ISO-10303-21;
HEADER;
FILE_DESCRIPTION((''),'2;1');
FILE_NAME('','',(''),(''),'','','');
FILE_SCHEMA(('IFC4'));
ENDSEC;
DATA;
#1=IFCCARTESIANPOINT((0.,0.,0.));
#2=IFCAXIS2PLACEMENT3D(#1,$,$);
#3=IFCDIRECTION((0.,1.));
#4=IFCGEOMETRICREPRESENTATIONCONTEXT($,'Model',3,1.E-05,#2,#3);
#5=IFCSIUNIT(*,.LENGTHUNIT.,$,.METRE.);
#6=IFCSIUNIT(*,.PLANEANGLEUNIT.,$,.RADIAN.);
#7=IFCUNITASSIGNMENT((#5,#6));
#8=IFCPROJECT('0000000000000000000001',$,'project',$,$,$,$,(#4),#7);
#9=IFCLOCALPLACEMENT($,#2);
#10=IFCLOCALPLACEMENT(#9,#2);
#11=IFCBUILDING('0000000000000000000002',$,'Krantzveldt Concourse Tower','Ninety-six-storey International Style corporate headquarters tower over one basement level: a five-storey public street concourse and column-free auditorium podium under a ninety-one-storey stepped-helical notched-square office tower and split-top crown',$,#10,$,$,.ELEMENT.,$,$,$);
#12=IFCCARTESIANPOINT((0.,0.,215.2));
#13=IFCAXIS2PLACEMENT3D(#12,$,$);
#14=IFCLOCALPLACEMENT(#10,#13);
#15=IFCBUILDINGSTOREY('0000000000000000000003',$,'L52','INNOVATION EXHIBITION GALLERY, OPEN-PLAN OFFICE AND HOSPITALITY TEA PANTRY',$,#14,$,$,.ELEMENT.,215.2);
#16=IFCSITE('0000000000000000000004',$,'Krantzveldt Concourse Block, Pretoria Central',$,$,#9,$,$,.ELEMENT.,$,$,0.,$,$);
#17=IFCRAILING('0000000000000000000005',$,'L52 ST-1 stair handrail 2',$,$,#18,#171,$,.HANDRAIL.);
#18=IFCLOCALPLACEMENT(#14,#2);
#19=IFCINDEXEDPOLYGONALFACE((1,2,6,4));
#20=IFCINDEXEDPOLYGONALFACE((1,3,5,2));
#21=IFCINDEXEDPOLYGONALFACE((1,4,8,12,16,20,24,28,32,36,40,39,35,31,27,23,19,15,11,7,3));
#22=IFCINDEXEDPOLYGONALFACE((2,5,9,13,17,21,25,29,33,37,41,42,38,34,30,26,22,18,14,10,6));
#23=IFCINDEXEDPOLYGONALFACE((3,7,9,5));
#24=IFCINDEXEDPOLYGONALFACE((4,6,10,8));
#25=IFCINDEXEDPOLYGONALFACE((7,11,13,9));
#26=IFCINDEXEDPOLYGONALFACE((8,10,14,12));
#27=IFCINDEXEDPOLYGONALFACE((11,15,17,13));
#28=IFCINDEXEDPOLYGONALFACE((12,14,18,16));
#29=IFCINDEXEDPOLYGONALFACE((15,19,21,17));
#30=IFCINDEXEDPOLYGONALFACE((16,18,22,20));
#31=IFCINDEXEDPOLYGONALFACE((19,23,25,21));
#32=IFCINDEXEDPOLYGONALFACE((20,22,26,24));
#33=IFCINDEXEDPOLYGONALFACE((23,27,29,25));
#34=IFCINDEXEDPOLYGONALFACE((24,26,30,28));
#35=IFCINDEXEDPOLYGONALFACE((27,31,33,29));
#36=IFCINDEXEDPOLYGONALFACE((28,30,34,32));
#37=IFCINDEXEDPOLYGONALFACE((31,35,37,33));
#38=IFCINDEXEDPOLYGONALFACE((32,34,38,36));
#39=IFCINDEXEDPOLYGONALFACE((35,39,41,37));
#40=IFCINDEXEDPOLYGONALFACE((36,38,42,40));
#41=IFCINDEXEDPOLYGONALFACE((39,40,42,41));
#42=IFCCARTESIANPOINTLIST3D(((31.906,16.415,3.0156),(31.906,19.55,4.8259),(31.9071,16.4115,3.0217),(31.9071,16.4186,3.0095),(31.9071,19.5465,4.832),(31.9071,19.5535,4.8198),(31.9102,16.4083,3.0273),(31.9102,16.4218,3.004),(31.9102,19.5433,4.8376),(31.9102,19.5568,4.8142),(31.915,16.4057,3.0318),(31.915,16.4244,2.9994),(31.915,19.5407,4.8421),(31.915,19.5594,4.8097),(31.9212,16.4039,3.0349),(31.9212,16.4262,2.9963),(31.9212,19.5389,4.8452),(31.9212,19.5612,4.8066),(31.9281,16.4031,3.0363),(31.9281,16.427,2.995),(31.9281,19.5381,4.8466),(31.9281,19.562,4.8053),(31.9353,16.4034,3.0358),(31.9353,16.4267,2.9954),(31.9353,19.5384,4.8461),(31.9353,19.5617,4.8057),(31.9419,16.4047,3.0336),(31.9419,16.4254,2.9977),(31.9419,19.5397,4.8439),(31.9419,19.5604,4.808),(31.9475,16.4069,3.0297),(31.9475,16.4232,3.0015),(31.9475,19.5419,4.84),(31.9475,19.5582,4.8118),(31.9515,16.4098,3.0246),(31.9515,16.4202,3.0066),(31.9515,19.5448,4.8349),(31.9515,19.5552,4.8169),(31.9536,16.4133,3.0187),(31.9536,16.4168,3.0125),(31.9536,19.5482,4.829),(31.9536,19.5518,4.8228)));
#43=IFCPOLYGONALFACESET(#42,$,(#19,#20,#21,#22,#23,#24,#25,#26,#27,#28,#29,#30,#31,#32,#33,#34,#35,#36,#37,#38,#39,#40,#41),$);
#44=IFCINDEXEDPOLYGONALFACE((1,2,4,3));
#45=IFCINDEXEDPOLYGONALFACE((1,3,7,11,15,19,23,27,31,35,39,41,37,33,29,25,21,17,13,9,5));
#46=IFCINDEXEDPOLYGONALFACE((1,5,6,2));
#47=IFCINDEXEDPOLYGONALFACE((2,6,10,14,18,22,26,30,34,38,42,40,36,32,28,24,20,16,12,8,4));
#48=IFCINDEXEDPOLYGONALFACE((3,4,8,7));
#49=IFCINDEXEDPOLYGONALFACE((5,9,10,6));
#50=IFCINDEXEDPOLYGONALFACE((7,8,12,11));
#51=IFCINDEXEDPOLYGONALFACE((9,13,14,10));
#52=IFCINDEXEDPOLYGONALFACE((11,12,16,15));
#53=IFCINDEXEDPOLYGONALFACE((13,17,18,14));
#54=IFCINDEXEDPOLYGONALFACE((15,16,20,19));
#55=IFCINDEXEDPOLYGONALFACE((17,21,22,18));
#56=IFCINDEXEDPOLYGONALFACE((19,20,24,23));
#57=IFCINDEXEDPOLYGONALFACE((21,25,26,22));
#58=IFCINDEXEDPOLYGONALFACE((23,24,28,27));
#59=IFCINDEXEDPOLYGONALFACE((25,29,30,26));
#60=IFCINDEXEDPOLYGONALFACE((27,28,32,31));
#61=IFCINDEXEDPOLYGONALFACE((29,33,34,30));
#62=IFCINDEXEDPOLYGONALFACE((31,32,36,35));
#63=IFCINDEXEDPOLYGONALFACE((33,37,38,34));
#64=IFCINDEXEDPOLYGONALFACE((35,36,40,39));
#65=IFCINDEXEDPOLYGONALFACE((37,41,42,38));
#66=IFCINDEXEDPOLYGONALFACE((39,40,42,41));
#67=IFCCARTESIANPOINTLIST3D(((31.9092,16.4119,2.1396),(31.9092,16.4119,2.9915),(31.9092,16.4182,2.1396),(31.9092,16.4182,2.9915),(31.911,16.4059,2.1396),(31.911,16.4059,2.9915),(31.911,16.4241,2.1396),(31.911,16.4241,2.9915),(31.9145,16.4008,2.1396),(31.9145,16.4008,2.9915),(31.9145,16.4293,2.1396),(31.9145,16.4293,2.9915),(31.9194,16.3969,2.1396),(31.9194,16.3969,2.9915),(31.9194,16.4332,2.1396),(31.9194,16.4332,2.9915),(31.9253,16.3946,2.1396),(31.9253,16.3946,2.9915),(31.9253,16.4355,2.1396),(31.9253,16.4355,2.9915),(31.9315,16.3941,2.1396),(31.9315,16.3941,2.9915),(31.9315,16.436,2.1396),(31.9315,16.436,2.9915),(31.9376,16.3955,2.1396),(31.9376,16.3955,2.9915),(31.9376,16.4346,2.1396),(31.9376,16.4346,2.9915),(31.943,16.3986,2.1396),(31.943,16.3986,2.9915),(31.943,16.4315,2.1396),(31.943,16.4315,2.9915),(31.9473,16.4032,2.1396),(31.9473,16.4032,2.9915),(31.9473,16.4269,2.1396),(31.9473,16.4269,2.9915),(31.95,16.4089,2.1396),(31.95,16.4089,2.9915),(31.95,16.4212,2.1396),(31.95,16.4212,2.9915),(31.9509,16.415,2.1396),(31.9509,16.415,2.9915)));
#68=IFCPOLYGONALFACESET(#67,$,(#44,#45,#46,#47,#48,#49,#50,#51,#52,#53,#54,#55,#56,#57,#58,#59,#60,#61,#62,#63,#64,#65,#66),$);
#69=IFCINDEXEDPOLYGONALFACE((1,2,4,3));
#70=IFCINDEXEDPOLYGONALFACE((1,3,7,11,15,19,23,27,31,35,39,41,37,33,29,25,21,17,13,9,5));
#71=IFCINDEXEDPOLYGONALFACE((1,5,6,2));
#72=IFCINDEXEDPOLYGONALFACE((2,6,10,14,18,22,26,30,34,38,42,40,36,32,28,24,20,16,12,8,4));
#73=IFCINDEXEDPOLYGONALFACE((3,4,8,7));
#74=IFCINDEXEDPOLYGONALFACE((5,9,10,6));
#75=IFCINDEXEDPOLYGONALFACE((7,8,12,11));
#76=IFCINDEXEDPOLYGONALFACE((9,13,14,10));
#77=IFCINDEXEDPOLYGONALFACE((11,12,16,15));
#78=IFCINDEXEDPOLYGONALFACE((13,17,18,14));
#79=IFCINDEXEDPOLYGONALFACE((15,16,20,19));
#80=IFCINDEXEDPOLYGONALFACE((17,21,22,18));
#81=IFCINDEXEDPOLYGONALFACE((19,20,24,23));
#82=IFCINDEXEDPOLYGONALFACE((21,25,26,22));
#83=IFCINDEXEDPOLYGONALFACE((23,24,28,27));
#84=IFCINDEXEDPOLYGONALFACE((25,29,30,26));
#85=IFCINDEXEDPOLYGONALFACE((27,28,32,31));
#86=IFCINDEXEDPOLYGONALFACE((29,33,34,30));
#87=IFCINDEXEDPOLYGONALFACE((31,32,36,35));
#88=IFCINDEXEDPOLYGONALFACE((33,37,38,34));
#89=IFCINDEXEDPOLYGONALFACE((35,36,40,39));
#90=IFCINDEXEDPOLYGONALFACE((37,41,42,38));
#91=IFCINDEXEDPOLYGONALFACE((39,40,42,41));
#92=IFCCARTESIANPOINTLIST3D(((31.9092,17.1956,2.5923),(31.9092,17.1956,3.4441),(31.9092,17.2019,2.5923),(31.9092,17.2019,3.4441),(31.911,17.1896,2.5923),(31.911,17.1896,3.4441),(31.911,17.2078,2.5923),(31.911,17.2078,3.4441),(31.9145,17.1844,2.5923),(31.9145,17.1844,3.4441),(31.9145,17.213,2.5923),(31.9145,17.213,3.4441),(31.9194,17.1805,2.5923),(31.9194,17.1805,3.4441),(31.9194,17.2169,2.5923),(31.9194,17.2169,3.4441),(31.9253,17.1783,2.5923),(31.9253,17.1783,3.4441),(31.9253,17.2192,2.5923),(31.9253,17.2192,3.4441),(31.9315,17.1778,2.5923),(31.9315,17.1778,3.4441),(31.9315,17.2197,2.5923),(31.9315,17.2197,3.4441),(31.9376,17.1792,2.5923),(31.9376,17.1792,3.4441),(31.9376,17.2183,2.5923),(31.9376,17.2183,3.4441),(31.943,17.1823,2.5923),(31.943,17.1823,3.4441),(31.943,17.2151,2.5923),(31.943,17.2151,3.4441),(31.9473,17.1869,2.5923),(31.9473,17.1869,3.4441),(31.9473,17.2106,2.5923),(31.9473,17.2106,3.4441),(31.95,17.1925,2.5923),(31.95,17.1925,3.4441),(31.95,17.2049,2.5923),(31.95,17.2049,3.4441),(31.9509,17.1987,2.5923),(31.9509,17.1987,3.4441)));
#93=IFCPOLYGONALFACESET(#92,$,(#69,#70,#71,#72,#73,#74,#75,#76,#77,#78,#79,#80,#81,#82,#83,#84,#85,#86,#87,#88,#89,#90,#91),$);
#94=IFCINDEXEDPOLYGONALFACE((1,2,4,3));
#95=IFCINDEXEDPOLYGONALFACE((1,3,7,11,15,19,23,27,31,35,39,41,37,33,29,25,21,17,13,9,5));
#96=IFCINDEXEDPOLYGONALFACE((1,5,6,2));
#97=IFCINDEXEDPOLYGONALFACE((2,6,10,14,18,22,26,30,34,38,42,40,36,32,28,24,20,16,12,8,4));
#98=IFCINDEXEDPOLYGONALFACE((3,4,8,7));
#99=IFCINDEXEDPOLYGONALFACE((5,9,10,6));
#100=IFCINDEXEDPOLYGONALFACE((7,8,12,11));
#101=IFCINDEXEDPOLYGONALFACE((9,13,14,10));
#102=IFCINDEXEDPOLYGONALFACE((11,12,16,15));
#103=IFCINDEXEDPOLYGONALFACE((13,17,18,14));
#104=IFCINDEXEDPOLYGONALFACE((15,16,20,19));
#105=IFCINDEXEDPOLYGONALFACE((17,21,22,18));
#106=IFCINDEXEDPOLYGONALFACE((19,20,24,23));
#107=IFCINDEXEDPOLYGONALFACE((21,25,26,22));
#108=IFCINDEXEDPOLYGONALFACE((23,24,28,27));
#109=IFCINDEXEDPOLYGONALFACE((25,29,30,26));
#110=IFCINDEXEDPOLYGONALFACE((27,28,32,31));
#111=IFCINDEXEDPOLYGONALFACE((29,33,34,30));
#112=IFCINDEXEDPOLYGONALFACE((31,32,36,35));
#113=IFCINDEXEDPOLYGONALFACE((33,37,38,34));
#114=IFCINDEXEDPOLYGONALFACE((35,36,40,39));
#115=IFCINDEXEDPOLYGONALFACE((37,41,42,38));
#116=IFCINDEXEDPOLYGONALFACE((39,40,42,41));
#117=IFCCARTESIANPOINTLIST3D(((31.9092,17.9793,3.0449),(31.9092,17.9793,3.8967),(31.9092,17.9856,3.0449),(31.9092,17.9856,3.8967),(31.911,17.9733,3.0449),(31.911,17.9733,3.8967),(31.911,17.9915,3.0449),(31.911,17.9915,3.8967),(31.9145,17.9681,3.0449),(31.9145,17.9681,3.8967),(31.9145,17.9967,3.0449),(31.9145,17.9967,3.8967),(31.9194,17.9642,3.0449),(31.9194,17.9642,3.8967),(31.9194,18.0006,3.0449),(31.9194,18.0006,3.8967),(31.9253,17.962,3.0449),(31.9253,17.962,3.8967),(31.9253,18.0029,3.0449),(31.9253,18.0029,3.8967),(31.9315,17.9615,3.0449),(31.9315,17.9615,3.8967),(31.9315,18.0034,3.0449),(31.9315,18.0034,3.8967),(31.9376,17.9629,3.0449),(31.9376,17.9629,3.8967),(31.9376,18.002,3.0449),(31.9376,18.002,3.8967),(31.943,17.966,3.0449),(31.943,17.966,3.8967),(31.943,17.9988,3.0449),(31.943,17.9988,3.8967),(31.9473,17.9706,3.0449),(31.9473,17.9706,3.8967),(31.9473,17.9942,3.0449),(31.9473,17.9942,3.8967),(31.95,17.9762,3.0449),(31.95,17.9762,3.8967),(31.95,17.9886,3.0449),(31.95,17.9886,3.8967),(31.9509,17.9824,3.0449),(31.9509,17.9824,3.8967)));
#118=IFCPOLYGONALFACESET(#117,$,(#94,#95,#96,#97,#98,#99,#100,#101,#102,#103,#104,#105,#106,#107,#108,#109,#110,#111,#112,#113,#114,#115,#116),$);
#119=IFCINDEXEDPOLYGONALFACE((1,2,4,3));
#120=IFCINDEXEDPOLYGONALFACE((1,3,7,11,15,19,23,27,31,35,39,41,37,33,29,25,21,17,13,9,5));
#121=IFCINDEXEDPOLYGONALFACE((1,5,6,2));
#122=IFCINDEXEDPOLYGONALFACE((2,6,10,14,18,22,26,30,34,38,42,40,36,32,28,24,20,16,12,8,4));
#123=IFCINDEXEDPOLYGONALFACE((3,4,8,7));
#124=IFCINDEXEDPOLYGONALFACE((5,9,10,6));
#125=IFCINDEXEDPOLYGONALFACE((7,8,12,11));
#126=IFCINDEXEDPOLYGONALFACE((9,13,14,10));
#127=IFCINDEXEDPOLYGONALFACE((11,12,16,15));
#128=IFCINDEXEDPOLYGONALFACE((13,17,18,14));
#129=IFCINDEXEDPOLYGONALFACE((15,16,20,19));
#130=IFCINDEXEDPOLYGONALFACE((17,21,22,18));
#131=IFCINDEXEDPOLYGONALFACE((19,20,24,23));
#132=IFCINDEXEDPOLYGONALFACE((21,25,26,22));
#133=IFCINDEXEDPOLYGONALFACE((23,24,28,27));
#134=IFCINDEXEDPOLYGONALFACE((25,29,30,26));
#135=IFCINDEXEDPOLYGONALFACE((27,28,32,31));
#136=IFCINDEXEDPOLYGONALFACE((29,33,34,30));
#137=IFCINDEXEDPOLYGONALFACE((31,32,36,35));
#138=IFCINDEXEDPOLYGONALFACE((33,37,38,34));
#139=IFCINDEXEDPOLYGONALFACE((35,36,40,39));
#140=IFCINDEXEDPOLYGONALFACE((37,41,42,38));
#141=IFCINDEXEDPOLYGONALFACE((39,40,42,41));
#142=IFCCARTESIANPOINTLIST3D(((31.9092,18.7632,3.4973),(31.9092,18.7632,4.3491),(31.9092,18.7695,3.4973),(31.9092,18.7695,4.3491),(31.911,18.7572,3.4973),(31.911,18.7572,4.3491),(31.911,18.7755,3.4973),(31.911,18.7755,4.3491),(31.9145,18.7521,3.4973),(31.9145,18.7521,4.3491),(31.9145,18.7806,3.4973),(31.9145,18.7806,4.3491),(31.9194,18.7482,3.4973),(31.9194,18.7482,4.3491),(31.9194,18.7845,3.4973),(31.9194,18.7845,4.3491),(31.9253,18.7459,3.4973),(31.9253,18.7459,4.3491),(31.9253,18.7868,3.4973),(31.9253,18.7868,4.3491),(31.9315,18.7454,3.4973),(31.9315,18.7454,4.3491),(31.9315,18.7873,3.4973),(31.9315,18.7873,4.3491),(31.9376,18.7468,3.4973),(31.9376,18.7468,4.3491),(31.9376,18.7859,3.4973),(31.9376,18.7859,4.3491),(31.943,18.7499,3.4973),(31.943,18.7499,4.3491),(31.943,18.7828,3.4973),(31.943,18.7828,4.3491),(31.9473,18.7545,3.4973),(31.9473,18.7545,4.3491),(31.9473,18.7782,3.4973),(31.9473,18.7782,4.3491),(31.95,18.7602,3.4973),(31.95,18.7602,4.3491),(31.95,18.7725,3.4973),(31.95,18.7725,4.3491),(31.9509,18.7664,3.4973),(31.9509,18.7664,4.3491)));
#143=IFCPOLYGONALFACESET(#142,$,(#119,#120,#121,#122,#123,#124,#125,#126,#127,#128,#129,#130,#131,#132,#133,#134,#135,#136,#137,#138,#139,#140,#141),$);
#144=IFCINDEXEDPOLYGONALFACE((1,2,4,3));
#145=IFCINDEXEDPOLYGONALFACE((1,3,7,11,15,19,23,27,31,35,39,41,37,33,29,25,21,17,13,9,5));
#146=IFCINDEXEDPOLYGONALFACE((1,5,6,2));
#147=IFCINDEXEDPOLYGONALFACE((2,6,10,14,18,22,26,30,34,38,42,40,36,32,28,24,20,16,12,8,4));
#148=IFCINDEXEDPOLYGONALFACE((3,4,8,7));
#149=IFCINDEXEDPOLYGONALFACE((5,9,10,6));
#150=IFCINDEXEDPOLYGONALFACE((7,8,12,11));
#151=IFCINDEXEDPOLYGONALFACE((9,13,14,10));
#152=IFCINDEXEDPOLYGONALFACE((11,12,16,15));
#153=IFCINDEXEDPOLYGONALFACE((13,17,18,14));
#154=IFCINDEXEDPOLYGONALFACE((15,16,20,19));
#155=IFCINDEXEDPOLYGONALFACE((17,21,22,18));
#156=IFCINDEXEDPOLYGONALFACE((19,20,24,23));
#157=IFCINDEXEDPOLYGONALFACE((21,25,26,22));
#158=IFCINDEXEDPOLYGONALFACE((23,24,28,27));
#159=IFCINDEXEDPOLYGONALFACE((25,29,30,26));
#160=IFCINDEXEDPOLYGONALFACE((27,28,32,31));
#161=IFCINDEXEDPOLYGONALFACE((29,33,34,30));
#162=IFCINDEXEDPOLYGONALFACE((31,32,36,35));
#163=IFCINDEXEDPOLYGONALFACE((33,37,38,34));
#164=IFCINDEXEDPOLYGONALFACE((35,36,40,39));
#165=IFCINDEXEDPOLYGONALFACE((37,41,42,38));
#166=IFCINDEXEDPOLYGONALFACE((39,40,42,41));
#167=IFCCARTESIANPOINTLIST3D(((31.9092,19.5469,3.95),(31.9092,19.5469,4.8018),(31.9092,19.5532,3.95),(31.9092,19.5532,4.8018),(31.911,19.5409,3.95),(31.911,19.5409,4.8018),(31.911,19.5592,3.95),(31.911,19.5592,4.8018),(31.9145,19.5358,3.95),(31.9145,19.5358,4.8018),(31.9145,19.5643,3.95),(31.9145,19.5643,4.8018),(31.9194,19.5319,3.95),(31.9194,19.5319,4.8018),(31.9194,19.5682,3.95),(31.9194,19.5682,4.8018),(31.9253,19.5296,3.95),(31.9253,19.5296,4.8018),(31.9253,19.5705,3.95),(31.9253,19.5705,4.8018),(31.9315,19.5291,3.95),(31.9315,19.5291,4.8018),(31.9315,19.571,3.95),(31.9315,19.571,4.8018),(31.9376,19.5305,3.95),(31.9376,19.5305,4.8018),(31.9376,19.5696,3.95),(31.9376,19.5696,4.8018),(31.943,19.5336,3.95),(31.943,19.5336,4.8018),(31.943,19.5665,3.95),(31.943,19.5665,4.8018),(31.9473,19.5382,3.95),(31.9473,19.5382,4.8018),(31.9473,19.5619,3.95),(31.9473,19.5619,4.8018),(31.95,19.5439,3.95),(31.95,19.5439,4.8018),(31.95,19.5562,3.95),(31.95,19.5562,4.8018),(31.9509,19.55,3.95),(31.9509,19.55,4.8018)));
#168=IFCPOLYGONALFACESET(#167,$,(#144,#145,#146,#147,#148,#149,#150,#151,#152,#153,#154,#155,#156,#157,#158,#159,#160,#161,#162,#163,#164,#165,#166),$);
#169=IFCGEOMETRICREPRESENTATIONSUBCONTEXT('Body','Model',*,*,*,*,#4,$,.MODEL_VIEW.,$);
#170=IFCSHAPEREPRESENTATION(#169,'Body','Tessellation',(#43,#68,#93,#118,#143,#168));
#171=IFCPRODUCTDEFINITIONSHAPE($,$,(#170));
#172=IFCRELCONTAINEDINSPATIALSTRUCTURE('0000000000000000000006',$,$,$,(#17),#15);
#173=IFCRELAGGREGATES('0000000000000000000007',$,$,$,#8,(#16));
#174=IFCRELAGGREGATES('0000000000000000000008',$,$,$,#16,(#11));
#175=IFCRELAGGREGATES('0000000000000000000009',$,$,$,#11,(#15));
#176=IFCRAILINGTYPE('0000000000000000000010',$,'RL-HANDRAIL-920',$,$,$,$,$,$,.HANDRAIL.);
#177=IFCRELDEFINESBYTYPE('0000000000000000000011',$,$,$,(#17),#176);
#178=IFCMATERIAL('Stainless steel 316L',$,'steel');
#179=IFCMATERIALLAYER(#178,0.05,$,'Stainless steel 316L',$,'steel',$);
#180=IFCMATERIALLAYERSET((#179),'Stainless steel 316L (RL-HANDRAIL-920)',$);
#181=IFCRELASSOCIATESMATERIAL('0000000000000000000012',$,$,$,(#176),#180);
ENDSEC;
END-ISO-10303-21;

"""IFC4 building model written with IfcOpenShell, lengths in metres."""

from ifc_helpers import new_model, si_unit, direction, frame, origin, origin_2d, place, context, subcontext, project, spatial, circle, extrude, material, layer, layer_set, type_object, element, save


model = new_model("IFC4")

# Units and contexts
model_context = context("Model", 3, precision=1e-05, world=origin(), true_north=direction((0.0, 1.0)))
body_context = subcontext(model_context, "Body", "Model", "MODEL_VIEW")
ifc_project = project(units=[si_unit("LENGTHUNIT", "METRE"), si_unit("PLANEANGLEUNIT", "RADIAN")], contexts=[model_context])

# Site, building, storey
site_placement = place(None, origin())
site = spatial("IfcSite", under=ifc_project, at=site_placement, Name="Krantzveldt Concourse Block, Pretoria Central", CompositionType="ELEMENT", RefElevation=0.0)
building_placement = place(site_placement, origin())
building = spatial("IfcBuilding", under=site, at=building_placement, Name="Krantzveldt Concourse Tower", Description="Ninety-six-storey International Style corporate headquarters tower over one basement level: a five-storey public street concourse and column-free auditorium podium under a ninety-one-storey stepped-helical notched-square office tower and split-top crown", CompositionType="ELEMENT")
storey_placement = place(building_placement, frame((0.0, 0.0, 215.2)))
storey = spatial("IfcBuildingStorey", under=building, at=storey_placement, Name="L52", Description="INNOVATION EXHIBITION GALLERY, OPEN-PLAN OFFICE AND HOSPITALITY TEA PANTRY", CompositionType="ELEMENT", Elevation=215.2)

# Shared definitions
ifc_material_1 = material(Name="Stainless steel 316L", Category="steel")

# Railing
ifc_layer_1 = layer(ifc_material_1, 0.05, Name="Stainless steel 316L", Category="steel")
ifc_layer_set_1 = layer_set([ifc_layer_1], Name="Stainless steel 316L (RL-HANDRAIL-920)")
railing_type_1 = type_object("IfcRailingType", Name="RL-HANDRAIL-920", PredefinedType="HANDRAIL", material=ifc_layer_set_1)
railing_1_placement = place(storey_placement, frame((31.9299, 16.415, 2.1396)))
element("IfcRailing", 1, at=railing_1_placement, inside=storey, type_object=railing_type_1, Name="L52 ST-1 stair handrail 2", PredefinedType="HANDRAIL", context=body_context, shape_type="SweptSolid", body=[
    extrude(circle(Radius=0.0239, at=origin_2d()), frame((0.0, 0.0, 0.876), z_axis=(0.0, 0.865989, 0.500063), x_axis=(-1.0, 0.0, 0.0)), (0.0, 0.0, 1.0), 3.6201),
    extrude(circle(Radius=0.021, at=origin_2d()), origin(), (0.0, 0.0, 1.0), 0.8518),
    extrude(circle(Radius=0.021, at=origin_2d()), frame((0.0, 0.7837, 0.4526)), (0.0, 0.0, 1.0), 0.8518),
    extrude(circle(Radius=0.021, at=origin_2d()), frame((0.0, 1.5674, 0.9053)), (0.0, 0.0, 1.0), 0.8518),
    extrude(circle(Radius=0.021, at=origin_2d()), frame((0.0, 2.3513, 1.3577)), (0.0, 0.0, 1.0), 0.8518),
    extrude(circle(Radius=0.021, at=origin_2d()), frame((0.0, 3.135, 1.8103)), (0.0, 0.0, 1.0), 0.8518),
])

save(model, "model.ifc")
